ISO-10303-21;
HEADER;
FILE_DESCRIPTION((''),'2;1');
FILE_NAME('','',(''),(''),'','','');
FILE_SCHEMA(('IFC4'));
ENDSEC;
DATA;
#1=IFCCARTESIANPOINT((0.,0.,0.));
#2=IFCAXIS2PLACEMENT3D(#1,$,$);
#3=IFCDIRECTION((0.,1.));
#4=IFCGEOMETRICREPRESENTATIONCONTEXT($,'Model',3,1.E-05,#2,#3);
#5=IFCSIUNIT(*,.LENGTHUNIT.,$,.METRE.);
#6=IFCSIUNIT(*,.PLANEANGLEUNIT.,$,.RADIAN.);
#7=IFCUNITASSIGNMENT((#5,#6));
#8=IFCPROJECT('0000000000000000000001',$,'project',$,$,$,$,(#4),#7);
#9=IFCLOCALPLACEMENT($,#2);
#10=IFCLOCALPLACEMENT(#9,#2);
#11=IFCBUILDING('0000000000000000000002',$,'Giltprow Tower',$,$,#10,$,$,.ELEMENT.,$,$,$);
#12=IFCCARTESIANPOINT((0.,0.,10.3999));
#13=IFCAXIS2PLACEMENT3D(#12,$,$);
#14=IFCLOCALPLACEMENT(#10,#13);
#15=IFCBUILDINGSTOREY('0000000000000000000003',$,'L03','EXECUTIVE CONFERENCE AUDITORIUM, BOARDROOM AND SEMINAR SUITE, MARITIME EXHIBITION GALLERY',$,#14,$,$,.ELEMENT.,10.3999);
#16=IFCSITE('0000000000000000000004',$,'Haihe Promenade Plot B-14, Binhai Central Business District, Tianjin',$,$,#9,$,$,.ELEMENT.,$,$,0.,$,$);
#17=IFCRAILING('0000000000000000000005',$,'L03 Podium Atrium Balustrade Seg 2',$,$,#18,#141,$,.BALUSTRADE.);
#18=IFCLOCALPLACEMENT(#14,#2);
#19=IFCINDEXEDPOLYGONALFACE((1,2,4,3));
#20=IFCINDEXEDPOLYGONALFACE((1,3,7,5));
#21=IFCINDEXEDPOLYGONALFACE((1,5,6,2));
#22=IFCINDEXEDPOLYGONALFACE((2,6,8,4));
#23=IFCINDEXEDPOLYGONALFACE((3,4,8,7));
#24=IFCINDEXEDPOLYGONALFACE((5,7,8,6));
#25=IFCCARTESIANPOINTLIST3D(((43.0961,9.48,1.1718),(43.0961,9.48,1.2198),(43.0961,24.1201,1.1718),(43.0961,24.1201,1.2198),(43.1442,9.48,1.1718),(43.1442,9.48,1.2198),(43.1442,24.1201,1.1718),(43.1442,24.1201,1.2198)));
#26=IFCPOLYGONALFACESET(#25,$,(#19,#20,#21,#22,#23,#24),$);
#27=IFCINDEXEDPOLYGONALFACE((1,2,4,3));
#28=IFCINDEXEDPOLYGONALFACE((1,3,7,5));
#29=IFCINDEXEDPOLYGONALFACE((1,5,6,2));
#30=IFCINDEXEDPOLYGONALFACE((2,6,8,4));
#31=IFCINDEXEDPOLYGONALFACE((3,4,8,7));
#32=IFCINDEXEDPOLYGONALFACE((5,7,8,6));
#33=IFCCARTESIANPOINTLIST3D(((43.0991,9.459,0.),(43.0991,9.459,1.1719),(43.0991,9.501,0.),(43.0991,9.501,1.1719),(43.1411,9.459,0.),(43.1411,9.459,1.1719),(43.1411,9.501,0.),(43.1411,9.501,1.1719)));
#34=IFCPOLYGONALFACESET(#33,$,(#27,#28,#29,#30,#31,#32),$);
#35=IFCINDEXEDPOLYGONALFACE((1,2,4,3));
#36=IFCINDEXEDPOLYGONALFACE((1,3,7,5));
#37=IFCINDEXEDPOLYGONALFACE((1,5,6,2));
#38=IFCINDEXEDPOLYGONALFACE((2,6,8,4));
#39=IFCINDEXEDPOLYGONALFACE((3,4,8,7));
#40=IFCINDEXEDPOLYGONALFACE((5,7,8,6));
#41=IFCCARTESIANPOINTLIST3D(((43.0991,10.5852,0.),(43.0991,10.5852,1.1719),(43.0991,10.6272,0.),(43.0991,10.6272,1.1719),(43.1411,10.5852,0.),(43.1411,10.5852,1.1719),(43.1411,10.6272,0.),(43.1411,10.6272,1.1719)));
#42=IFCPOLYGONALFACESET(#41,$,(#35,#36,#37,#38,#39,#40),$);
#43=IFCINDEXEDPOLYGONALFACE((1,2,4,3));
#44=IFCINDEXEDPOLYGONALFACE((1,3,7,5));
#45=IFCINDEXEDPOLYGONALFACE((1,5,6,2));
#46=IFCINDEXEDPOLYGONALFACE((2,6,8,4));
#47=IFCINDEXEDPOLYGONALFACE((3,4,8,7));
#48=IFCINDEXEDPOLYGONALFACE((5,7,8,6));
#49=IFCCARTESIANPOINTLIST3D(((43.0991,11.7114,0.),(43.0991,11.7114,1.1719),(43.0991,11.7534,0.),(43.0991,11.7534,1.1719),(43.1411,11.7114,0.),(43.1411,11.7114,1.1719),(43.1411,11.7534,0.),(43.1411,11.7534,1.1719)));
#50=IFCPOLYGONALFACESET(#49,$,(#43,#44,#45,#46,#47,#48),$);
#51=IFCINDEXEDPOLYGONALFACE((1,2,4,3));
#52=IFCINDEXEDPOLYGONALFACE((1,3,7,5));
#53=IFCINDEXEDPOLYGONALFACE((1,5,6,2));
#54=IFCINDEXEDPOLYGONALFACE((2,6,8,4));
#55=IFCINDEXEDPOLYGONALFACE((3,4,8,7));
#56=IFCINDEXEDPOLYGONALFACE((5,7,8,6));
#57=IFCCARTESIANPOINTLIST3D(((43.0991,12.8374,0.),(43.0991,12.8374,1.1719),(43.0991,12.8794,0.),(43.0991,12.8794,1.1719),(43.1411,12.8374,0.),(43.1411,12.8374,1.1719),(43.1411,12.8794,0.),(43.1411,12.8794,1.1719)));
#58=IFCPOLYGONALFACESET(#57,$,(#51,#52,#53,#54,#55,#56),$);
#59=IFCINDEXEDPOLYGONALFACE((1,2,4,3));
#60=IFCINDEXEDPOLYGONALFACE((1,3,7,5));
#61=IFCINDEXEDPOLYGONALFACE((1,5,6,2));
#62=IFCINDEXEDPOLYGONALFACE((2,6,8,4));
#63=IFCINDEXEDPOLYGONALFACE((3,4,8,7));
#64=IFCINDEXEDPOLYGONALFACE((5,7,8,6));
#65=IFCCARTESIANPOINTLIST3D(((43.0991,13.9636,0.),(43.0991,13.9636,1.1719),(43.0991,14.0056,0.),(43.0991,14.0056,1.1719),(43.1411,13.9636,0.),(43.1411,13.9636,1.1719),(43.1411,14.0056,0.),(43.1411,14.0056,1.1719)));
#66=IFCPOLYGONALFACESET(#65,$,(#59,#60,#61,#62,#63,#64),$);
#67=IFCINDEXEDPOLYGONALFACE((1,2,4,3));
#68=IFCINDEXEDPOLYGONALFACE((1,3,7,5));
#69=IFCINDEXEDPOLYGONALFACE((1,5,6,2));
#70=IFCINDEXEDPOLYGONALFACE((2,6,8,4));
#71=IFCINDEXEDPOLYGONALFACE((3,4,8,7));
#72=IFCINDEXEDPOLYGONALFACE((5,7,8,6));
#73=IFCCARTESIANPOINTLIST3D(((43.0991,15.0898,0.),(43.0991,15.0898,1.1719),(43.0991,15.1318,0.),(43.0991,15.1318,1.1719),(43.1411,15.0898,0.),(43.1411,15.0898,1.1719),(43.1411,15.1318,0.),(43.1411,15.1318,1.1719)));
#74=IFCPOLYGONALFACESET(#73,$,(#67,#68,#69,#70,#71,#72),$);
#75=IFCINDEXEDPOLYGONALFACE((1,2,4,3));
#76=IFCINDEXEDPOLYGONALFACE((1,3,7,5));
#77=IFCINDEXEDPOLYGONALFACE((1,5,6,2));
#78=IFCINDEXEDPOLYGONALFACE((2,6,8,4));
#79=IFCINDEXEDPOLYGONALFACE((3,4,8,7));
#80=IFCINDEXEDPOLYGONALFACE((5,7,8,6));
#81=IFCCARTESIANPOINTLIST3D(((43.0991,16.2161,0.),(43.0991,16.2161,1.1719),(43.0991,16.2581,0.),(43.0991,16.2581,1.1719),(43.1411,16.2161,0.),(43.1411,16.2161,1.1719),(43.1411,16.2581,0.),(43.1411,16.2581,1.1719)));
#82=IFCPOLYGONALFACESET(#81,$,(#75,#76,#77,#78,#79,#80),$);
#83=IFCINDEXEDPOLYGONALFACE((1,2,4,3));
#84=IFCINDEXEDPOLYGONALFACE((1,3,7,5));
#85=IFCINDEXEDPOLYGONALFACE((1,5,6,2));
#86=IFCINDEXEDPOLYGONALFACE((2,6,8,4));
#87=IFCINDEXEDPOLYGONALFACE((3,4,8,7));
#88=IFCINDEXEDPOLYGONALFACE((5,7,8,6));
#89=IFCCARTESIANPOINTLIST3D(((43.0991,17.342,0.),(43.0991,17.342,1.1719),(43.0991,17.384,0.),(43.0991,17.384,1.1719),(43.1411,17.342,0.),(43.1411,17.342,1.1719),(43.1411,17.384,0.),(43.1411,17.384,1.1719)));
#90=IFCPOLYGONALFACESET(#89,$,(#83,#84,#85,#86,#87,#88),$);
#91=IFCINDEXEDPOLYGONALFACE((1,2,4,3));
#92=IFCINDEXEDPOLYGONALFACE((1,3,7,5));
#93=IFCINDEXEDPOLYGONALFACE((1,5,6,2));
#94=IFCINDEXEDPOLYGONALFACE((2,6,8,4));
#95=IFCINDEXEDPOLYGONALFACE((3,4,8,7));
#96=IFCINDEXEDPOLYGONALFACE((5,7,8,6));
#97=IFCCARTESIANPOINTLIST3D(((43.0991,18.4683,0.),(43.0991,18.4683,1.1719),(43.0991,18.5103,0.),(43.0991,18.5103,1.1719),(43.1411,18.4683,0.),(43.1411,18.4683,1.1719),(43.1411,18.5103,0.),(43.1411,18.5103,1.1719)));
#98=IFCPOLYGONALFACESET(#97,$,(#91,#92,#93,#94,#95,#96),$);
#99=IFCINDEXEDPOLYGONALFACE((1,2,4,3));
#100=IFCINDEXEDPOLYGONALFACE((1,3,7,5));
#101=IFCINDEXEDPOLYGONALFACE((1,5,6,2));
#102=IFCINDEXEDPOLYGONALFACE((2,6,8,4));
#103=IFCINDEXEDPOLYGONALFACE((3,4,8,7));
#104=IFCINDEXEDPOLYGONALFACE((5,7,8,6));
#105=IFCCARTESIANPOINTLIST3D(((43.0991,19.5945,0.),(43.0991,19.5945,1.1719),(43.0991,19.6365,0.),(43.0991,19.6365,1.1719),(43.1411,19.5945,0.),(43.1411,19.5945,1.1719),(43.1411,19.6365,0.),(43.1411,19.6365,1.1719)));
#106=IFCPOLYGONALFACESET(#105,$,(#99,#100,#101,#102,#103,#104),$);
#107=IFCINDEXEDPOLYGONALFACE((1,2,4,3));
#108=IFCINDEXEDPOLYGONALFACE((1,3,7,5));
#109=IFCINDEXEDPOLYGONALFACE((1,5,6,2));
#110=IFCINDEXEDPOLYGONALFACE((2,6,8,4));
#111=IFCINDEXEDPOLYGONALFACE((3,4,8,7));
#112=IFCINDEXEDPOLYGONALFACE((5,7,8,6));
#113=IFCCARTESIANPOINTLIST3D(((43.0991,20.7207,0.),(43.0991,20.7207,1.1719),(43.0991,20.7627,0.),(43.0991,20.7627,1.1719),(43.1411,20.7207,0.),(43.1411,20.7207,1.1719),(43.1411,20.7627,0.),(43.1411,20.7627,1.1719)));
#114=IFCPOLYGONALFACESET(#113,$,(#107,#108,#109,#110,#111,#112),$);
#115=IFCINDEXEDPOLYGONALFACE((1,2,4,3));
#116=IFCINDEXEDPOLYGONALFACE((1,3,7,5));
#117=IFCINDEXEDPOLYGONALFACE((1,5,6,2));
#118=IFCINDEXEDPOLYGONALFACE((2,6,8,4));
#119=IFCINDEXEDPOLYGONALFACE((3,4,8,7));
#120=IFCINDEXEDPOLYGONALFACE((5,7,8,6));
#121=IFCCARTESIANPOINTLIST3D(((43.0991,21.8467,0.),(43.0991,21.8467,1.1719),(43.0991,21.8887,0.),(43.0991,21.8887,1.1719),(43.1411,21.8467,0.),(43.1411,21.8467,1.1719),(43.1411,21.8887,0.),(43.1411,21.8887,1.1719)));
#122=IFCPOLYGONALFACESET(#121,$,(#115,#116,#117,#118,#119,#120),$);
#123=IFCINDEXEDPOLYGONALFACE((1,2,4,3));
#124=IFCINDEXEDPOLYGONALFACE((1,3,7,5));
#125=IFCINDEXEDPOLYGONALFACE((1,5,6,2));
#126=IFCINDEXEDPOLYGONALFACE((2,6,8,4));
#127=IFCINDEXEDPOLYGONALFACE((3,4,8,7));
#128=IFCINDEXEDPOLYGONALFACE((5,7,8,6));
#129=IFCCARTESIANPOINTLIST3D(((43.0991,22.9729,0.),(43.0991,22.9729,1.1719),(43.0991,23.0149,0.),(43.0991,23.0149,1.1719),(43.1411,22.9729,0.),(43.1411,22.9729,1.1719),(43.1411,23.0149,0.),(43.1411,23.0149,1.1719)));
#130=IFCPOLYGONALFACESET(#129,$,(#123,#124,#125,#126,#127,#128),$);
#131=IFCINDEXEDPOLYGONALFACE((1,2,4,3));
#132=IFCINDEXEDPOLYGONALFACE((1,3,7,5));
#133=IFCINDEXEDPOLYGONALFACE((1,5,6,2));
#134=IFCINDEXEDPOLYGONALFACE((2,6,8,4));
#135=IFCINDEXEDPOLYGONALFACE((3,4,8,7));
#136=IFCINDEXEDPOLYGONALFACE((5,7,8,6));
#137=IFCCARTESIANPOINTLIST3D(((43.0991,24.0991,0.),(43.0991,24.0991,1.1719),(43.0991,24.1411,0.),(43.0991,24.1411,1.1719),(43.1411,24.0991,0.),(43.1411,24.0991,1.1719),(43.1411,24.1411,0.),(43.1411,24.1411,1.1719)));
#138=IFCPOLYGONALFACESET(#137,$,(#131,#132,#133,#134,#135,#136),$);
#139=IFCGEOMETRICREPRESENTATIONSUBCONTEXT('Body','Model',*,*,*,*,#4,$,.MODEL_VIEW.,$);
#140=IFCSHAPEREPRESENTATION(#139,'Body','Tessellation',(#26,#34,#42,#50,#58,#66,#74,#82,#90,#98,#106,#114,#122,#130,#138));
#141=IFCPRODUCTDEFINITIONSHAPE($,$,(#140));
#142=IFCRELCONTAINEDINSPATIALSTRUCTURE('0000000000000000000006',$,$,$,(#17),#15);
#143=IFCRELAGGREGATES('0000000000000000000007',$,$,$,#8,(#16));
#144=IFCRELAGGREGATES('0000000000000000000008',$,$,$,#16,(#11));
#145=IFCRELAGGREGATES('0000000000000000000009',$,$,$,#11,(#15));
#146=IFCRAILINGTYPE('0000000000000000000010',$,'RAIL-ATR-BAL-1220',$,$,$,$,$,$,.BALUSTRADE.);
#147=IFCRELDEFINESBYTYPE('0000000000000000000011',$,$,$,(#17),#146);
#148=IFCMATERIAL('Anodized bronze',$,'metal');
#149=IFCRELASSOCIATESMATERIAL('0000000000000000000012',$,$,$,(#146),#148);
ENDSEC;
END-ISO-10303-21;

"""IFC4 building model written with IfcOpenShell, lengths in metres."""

from ifc_helpers import new_model, si_unit, direction, frame, origin, origin_2d, place, context, subcontext, project, spatial, rectangle, extrude, material, type_object, element, save


model = new_model("IFC4")

# Units and contexts
model_context = context("Model", 3, precision=1e-05, world=origin(), true_north=direction((0.0, 1.0)))
body_context = subcontext(model_context, "Body", "Model", "MODEL_VIEW")
ifc_project = project(units=[si_unit("LENGTHUNIT", "METRE"), si_unit("PLANEANGLEUNIT", "RADIAN")], contexts=[model_context])

# Site, building, storey
site_placement = place(None, origin())
site = spatial("IfcSite", under=ifc_project, at=site_placement, Name="Haihe Promenade Plot B-14, Binhai Central Business District, Tianjin", CompositionType="ELEMENT", RefElevation=0.0)
building_placement = place(site_placement, origin())
building = spatial("IfcBuilding", under=site, at=building_placement, Name="Giltprow Tower", CompositionType="ELEMENT")
storey_placement = place(building_placement, frame((0.0, 0.0, 10.3999)))
storey = spatial("IfcBuildingStorey", under=building, at=storey_placement, Name="L03", Description="EXECUTIVE CONFERENCE AUDITORIUM, BOARDROOM AND SEMINAR SUITE, MARITIME EXHIBITION GALLERY", CompositionType="ELEMENT", Elevation=10.3999)

# Railing
ifc_material_1 = material(Name="Anodized bronze", Category="metal")
railing_type = type_object("IfcRailingType", Name="RAIL-ATR-BAL-1220", PredefinedType="BALUSTRADE", material=ifc_material_1)
railing_1_placement = place(storey_placement, frame((43.1201, 9.48, 0.0)))
element("IfcRailing", 1, at=railing_1_placement, inside=storey, type_object=railing_type, Name="L03 Podium Atrium Balustrade Seg 2", PredefinedType="BALUSTRADE", context=body_context, shape_type="SweptSolid", body=[
    extrude(rectangle(XDim=0.0481, YDim=0.0481, at=origin_2d()), frame((0.0, 0.0, 1.1958), z_axis=(0.0, 1.0, 0.0), x_axis=(-1.0, 0.0, 0.0)), (0.0, 0.0, 1.0), 14.6401),
    extrude(rectangle(XDim=0.042, YDim=0.042, at=origin_2d()), origin(), (0.0, 0.0, 1.0), 1.1719),
    extrude(rectangle(XDim=0.042, YDim=0.042, at=origin_2d()), frame((0.0, 1.1262, 0.0)), (0.0, 0.0, 1.0), 1.1719),
    extrude(rectangle(XDim=0.042, YDim=0.042, at=origin_2d()), frame((0.0, 2.2524, 0.0)), (0.0, 0.0, 1.0), 1.1719),
    extrude(rectangle(XDim=0.042, YDim=0.042, at=origin_2d()), frame((0.0, 3.3784, 0.0)), (0.0, 0.0, 1.0), 1.1719),
    extrude(rectangle(XDim=0.042, YDim=0.042, at=origin_2d()), frame((0.0, 4.5046, 0.0)), (0.0, 0.0, 1.0), 1.1719),
    extrude(rectangle(XDim=0.042, YDim=0.042, at=origin_2d()), frame((0.0, 5.6309, 0.0)), (0.0, 0.0, 1.0), 1.1719),
    extrude(rectangle(XDim=0.042, YDim=0.042, at=origin_2d()), frame((0.0, 6.7571, 0.0)), (0.0, 0.0, 1.0), 1.1719),
    extrude(rectangle(XDim=0.042, YDim=0.042, at=origin_2d()), frame((0.0, 7.8831, 0.0)), (0.0, 0.0, 1.0), 1.1719),
    extrude(rectangle(XDim=0.042, YDim=0.042, at=origin_2d()), frame((0.0, 9.0093, 0.0)), (0.0, 0.0, 1.0), 1.1719),
    extrude(rectangle(XDim=0.042, YDim=0.042, at=origin_2d()), frame((0.0, 10.1355, 0.0)), (0.0, 0.0, 1.0), 1.1719),
    extrude(rectangle(XDim=0.042, YDim=0.042, at=origin_2d()), frame((0.0, 11.2617, 0.0)), (0.0, 0.0, 1.0), 1.1719),
    extrude(rectangle(XDim=0.042, YDim=0.042, at=origin_2d()), frame((0.0, 12.3877, 0.0)), (0.0, 0.0, 1.0), 1.1719),
    extrude(rectangle(XDim=0.042, YDim=0.042, at=origin_2d()), frame((0.0, 13.5139, 0.0)), (0.0, 0.0, 1.0), 1.1719),
    extrude(rectangle(XDim=0.042, YDim=0.042, at=origin_2d()), frame((0.0, 14.6401, 0.0)), (0.0, 0.0, 1.0), 1.1719),
])

save(model, "model.ifc")
